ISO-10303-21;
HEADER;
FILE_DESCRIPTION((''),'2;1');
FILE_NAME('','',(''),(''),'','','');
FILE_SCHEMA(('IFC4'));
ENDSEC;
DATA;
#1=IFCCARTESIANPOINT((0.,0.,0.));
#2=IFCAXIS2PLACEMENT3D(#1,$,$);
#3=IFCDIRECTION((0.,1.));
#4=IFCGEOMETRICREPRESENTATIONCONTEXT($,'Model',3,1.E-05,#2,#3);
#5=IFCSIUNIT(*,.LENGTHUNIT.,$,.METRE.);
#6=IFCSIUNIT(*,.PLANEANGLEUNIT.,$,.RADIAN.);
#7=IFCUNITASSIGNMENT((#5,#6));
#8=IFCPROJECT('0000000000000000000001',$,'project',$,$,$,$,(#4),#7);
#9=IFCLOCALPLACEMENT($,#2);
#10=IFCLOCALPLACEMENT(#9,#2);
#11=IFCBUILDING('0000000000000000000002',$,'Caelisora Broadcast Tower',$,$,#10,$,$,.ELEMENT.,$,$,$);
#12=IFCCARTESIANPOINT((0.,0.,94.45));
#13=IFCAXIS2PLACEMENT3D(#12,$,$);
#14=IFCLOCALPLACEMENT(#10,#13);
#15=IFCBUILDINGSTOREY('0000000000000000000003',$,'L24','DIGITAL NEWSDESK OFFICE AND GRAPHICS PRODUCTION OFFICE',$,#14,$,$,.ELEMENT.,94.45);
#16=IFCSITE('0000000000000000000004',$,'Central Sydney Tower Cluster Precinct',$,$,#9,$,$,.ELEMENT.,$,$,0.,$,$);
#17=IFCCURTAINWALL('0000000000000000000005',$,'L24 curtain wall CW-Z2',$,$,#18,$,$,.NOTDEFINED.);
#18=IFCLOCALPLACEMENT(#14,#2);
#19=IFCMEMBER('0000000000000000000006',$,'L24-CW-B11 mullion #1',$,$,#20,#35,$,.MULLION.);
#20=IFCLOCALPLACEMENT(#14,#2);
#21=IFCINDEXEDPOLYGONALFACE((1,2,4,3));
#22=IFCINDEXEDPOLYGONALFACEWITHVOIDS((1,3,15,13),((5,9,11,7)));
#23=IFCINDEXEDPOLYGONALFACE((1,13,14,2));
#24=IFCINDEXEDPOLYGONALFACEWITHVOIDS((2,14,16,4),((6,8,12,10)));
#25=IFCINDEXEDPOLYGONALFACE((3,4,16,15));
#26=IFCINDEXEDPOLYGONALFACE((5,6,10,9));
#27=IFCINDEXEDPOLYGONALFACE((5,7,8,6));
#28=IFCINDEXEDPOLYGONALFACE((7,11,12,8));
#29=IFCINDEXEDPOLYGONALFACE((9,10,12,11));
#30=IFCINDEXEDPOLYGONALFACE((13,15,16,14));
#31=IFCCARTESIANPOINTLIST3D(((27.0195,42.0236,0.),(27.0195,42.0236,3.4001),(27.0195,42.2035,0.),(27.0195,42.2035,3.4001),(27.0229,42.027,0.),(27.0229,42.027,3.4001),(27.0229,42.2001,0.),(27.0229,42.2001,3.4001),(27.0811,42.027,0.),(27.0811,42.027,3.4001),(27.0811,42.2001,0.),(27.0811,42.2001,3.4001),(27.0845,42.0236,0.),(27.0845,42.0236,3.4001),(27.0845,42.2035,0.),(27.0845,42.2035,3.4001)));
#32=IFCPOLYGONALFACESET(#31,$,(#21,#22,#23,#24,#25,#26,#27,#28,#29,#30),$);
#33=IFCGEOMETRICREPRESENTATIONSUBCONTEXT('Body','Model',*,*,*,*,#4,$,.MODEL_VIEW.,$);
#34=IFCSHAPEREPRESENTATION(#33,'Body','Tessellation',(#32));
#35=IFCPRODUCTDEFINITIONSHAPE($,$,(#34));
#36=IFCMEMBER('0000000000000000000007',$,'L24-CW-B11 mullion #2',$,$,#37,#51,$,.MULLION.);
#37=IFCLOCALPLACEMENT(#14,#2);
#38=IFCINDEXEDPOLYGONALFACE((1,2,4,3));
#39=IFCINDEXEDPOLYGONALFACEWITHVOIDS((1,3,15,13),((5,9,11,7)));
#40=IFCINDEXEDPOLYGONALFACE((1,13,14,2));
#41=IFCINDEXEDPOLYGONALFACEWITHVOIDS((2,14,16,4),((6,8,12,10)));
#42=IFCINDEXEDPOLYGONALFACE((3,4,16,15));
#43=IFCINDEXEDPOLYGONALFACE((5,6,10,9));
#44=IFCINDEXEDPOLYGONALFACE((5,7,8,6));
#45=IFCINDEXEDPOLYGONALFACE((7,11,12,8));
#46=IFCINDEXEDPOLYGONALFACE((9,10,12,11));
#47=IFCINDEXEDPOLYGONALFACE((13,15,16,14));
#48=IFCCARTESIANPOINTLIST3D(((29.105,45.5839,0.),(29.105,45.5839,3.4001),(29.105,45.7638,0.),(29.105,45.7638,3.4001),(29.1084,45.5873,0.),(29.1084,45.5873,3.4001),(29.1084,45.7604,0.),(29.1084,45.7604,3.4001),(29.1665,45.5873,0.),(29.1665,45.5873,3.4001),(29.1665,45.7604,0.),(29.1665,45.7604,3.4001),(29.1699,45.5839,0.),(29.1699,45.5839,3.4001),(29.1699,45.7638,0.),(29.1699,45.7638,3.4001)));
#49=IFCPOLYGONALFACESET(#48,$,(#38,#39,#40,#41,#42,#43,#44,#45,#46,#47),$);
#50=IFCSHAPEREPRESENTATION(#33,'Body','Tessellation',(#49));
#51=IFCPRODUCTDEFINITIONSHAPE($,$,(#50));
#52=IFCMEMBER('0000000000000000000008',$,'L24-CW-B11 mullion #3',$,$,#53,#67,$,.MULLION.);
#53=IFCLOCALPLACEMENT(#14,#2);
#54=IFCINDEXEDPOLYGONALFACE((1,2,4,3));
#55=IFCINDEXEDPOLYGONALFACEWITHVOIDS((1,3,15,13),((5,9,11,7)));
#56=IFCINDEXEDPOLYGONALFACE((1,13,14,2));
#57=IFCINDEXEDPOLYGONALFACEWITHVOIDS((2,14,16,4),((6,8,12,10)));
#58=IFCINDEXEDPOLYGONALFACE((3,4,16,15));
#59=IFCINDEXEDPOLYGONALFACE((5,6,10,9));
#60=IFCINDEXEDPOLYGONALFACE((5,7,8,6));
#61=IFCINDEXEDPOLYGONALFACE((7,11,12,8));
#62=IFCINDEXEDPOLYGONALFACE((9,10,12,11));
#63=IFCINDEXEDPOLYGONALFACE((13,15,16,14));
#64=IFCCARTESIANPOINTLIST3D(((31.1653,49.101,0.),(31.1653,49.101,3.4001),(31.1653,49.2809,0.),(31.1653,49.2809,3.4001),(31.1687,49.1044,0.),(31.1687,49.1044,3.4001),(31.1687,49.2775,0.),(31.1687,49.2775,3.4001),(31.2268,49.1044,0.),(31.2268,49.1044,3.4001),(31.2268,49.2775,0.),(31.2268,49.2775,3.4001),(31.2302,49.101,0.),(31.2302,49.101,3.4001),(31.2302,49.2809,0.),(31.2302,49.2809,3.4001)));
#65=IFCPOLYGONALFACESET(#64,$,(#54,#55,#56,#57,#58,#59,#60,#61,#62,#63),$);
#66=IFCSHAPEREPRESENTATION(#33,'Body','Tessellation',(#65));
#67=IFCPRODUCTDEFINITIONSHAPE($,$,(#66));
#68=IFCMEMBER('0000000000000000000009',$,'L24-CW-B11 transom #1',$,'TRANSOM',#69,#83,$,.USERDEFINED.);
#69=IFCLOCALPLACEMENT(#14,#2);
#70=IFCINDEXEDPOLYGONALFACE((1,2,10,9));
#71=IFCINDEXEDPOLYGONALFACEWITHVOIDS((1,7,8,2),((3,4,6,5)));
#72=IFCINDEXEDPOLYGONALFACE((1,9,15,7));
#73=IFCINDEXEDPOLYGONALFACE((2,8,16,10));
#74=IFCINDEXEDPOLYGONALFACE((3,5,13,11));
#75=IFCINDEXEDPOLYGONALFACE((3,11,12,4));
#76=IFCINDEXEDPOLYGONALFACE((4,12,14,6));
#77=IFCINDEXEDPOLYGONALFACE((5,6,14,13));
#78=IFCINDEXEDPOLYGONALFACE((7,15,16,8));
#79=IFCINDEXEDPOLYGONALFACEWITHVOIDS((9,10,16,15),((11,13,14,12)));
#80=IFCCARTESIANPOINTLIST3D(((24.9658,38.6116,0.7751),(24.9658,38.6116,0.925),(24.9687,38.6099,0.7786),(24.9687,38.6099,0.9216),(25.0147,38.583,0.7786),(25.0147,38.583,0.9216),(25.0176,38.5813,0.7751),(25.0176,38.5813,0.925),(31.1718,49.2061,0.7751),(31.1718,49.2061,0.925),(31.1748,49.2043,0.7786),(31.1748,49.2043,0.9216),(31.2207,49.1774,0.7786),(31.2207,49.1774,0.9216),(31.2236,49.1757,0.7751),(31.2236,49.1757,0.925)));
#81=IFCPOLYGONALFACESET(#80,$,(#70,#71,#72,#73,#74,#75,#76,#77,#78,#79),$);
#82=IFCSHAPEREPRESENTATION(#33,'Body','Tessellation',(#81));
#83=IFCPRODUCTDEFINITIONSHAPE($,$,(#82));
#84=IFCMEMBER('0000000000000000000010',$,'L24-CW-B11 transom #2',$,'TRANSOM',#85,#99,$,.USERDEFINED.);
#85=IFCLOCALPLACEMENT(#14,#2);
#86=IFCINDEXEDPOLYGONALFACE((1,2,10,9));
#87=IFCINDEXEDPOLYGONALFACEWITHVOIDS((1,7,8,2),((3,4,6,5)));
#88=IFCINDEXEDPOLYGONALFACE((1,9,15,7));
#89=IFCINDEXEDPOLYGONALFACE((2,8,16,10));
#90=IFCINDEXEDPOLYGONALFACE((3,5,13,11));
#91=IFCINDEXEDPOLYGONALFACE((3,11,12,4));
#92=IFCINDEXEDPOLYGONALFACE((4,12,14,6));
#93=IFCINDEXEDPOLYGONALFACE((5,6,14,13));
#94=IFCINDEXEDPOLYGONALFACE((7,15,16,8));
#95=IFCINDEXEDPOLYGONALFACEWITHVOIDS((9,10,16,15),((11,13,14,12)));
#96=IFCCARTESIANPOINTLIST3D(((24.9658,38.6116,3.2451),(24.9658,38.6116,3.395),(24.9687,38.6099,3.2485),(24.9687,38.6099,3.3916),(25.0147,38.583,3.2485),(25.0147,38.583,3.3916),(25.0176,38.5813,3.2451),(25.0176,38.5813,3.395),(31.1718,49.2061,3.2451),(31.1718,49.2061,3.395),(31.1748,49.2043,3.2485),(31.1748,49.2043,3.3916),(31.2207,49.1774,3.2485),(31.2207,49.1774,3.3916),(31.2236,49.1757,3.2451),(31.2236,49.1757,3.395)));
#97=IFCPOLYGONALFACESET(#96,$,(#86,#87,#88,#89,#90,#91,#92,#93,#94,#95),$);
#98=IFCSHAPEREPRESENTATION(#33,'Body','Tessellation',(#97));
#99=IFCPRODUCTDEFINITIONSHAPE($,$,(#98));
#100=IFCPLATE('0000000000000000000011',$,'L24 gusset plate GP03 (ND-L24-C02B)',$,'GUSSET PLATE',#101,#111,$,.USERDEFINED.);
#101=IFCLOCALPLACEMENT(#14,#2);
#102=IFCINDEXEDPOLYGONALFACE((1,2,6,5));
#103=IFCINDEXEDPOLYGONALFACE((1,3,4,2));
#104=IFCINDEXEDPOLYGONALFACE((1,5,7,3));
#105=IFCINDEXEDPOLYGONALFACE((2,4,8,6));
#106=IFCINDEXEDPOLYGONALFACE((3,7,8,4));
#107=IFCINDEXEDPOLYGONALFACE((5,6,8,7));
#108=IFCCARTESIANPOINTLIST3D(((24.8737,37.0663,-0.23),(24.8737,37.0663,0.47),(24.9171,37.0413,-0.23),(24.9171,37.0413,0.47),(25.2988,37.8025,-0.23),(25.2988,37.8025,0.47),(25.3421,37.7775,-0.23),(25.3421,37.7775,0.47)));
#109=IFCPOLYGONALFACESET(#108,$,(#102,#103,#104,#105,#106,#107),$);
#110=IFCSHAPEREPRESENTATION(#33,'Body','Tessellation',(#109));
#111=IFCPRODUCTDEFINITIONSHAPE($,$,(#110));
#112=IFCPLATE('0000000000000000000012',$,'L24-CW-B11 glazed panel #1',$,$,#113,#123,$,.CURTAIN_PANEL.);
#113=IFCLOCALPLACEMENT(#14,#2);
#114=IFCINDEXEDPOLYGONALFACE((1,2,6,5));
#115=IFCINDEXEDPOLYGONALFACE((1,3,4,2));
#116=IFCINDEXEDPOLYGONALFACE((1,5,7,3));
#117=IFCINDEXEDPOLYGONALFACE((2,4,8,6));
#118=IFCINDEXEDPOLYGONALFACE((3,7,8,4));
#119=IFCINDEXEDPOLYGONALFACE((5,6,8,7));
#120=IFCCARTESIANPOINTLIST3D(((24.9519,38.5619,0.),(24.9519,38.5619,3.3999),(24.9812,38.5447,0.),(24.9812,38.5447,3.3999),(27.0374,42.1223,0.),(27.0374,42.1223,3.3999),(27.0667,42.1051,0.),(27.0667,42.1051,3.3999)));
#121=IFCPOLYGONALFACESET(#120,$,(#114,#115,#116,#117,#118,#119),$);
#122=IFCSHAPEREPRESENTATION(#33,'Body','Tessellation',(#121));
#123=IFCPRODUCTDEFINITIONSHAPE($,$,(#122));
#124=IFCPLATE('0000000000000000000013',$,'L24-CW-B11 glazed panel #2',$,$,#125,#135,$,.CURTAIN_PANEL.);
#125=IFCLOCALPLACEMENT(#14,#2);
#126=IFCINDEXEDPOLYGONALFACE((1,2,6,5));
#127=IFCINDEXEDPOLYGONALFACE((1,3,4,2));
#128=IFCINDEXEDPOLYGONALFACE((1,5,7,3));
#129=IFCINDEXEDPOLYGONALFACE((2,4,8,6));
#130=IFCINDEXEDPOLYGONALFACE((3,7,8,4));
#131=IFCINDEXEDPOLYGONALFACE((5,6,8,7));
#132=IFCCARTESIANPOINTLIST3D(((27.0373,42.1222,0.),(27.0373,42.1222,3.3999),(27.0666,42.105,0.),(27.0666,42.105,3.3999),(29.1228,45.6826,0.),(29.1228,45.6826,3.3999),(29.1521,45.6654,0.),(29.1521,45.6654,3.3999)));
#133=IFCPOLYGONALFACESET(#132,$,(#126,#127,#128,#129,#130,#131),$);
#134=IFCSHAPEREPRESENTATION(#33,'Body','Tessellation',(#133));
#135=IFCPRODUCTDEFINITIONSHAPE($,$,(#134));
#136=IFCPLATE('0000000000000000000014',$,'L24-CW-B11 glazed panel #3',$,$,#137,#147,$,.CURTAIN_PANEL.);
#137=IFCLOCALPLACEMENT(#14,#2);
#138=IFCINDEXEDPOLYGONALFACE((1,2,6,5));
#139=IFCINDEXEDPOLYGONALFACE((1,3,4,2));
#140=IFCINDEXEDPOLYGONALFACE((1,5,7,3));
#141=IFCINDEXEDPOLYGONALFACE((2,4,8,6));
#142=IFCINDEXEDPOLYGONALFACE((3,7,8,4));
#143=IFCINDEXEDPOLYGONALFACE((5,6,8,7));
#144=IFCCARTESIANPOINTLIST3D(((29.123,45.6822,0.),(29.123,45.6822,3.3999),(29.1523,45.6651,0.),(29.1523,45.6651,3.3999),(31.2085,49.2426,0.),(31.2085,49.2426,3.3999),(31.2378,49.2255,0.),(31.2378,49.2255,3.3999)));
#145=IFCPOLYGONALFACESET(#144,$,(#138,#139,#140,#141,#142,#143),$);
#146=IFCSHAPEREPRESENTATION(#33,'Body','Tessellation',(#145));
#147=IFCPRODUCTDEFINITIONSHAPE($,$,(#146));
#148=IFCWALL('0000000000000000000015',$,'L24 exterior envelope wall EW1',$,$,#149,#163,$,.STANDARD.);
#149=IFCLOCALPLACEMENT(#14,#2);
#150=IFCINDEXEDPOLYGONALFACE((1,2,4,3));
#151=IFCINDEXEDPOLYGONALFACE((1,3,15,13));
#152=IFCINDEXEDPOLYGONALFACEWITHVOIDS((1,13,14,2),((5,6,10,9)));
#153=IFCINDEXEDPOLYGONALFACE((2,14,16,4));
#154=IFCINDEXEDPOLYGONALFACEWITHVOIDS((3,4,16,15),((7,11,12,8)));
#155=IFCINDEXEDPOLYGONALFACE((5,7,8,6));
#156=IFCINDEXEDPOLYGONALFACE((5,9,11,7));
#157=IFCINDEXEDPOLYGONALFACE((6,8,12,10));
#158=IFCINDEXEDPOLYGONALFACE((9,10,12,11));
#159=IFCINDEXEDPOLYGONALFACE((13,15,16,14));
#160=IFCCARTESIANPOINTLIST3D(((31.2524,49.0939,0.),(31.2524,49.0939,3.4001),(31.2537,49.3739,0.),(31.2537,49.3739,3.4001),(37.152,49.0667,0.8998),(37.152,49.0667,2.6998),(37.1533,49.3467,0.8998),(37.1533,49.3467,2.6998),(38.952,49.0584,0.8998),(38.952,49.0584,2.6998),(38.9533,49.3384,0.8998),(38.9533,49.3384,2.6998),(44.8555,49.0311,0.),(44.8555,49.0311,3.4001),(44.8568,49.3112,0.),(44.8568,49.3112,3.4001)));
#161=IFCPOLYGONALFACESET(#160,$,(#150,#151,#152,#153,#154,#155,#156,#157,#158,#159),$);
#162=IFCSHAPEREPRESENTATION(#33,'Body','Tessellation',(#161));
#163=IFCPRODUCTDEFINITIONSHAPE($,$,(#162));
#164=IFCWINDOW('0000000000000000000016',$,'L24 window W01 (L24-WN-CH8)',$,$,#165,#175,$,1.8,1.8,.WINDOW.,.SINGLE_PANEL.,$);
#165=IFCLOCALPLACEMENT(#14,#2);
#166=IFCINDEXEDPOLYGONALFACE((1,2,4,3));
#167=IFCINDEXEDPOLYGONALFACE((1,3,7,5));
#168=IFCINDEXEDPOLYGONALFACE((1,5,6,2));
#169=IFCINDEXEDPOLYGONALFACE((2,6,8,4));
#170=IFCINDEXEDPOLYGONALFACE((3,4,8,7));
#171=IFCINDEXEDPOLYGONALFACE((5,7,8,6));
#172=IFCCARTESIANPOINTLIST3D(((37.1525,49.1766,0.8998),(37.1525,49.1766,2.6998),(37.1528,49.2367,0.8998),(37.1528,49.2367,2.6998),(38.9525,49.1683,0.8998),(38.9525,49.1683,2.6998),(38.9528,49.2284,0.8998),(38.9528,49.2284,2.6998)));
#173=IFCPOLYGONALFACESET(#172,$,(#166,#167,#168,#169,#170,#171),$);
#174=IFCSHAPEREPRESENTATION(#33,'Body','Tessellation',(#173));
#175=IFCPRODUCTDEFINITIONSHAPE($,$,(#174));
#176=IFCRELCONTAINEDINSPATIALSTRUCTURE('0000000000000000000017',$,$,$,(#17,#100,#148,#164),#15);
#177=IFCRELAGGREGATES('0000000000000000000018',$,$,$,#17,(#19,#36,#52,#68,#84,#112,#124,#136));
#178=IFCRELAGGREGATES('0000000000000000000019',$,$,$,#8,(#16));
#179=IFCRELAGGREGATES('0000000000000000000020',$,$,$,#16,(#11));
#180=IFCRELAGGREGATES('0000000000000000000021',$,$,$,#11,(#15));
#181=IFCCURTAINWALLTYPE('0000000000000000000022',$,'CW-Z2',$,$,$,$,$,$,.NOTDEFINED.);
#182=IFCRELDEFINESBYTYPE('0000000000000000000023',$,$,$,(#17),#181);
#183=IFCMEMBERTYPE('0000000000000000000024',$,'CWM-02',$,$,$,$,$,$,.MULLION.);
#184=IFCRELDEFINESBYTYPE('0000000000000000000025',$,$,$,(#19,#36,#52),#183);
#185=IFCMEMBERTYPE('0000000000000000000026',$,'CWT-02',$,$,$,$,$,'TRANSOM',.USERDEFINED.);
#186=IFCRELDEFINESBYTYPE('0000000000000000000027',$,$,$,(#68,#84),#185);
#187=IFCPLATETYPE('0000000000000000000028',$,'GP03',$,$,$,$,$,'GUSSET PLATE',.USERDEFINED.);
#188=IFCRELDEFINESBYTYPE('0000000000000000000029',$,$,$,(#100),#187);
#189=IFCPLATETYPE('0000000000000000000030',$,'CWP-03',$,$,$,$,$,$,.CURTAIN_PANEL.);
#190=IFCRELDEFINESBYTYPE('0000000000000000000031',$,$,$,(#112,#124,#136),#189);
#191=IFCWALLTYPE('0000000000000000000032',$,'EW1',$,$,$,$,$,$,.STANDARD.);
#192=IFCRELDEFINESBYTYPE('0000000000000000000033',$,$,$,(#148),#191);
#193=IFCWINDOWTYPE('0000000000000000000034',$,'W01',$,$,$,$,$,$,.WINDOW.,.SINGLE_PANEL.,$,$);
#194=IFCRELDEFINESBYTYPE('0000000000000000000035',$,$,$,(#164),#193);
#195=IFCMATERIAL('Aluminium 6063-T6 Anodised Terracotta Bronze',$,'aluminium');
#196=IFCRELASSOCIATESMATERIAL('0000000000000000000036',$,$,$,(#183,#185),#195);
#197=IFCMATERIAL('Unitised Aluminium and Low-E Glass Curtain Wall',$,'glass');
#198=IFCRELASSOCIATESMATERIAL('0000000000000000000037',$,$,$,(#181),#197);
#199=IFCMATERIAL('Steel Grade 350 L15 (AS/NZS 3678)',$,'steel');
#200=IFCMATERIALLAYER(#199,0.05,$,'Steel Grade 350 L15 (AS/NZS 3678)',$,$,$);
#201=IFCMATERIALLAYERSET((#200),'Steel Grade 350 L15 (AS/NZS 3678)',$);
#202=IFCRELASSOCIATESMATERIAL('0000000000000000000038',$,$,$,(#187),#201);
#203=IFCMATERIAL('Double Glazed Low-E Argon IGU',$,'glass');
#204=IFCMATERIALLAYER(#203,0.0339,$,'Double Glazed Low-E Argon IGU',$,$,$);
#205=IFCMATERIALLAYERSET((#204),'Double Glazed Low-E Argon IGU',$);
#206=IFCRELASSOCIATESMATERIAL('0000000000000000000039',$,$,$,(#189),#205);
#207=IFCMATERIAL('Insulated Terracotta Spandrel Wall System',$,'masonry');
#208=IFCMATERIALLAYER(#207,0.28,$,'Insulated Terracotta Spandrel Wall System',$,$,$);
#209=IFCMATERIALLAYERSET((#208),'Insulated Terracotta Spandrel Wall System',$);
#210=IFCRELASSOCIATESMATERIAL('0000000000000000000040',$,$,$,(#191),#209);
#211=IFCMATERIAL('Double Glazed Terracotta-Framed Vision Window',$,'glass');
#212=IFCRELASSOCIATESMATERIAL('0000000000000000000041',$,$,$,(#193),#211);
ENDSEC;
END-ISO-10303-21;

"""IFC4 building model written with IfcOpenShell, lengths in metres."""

from ifc_helpers import new_model, si_unit, direction, frame, frame_2d, origin, origin_2d, place, context, subcontext, project, spatial, rectangle, hollow_rectangle, extrude, source, transform, mapped, material, layer, layer_set, material_profile, profile_set, type_object, type_shapes, element, fill, aggregate, save


model = new_model("IFC4")

# Units and contexts
model_context = context("Model", 3, precision=1e-05, world=origin(), true_north=direction((0.0, 1.0)))
body_context = subcontext(model_context, "Body", "Model", "MODEL_VIEW")
ifc_project = project(units=[si_unit("LENGTHUNIT", "METRE"), si_unit("PLANEANGLEUNIT", "RADIAN")], contexts=[model_context])

# Site, building, storey
site_placement = place(None, origin())
site = spatial("IfcSite", under=ifc_project, at=site_placement, Name="Central Sydney Tower Cluster Precinct", CompositionType="ELEMENT", RefElevation=0.0)
building_placement = place(site_placement, origin())
building = spatial("IfcBuilding", under=site, at=building_placement, Name="Caelisora Broadcast Tower", CompositionType="ELEMENT")
storey_placement = place(building_placement, frame((0.0, 0.0, 94.45)))
storey = spatial("IfcBuildingStorey", under=building, at=storey_placement, Name="L24", Description="DIGITAL NEWSDESK OFFICE AND GRAPHICS PRODUCTION OFFICE", CompositionType="ELEMENT", Elevation=94.45)

# Shared definitions
ifc_material_1 = material(Name="Steel Grade 350 L15 (AS/NZS 3678)", Category="steel")

# Shared definitions
ifc_material_2 = material(Name="Aluminium 6063-T6 Anodised Terracotta Bronze", Category="aluminium")
ifc_material_profile_1 = material_profile(ifc_material_2, hollow_rectangle(XDim=0.0649, YDim=0.1799, WallThickness=0.0034, at=origin_2d()), Name="Aluminium 6063-T6 Anodised Terracotta Bronze")
ifc_profile_set_1 = profile_set([ifc_material_profile_1], Name="Aluminium 6063-T6 Anodised Terracotta Bronze")
member_type_1 = type_object("IfcMemberType", Name="CWM-02", PredefinedType="MULLION", material=ifc_profile_set_1)
shared_shape_1 = source(origin(), body_context, "Body", "SweptSolid", [
    extrude(hollow_rectangle(XDim=0.0649, YDim=0.1799, WallThickness=0.0034, at=origin_2d()), origin(), (0.0, 0.0, 1.0), 3.4001),
])
type_shapes(member_type_1, [shared_shape_1])

# Curtain wall, members
ifc_material_3 = material(Name="Unitised Aluminium and Low-E Glass Curtain Wall", Category="glass")
curtain_wall_type_1 = type_object("IfcCurtainWallType", Name="CW-Z2", PredefinedType="NOTDEFINED", material=ifc_material_3)
curtain_wall_1_placement = place(storey_placement, origin())
curtain_wall_1 = element("IfcCurtainWall", 1, at=curtain_wall_1_placement, inside=storey, type_object=curtain_wall_type_1, Name="L24 curtain wall CW-Z2", PredefinedType="NOTDEFINED")
member_1_placement = place(storey_placement, frame((27.052, 42.1135, 0.0), z_axis=(0.0, 0.0, 1.0), x_axis=(1.0, 0.0, 0.0)))
member_1 = element("IfcMember", 2, at=member_1_placement, type_object=member_type_1, Name="L24-CW-B11 mullion #1", PredefinedType="MULLION", context=body_context, shape_type="MappedRepresentation", body=[
    mapped(shared_shape_1, transform((0.0, 0.0, 0.0), scale=1.0)),
])
member_2_placement = place(storey_placement, frame((29.1375, 45.6738, 0.0), z_axis=(0.0, 0.0, 1.0), x_axis=(1.0, 0.0, 0.0)))
member_2 = element("IfcMember", 3, at=member_2_placement, type_object=member_type_1, Name="L24-CW-B11 mullion #2", PredefinedType="MULLION", context=body_context, shape_type="MappedRepresentation", body=[
    mapped(shared_shape_1, transform((0.0, 0.0, 0.0), scale=1.0)),
])
member_3_placement = place(storey_placement, frame((31.1978, 49.1909, 0.0), z_axis=(0.0, 0.0, 1.0), x_axis=(1.0, 0.0, 0.0)))
member_3 = element("IfcMember", 4, at=member_3_placement, type_object=member_type_1, Name="L24-CW-B11 mullion #3", PredefinedType="MULLION", context=body_context, shape_type="MappedRepresentation", body=[
    mapped(shared_shape_1, transform((0.0, 0.0, 0.0), scale=1.0)),
])
ifc_material_profile_2 = material_profile(ifc_material_2, hollow_rectangle(XDim=0.0601, YDim=0.1499, WallThickness=0.0034, at=origin_2d()), Name="Aluminium 6063-T6 Anodised Terracotta Bronze")
ifc_profile_set_2 = profile_set([ifc_material_profile_2], Name="Aluminium 6063-T6 Anodised Terracotta Bronze")
member_type_2 = type_object("IfcMemberType", Name="CWT-02", ElementType="TRANSOM", PredefinedType="USERDEFINED", material=ifc_profile_set_2)
shared_shape_2 = source(origin(), body_context, "Body", "SweptSolid", [
    extrude(hollow_rectangle(XDim=0.0601, YDim=0.1499, WallThickness=0.0034, at=origin_2d()), origin(), (0.0, 0.0, 1.0), 12.2783),
])
type_shapes(member_type_2, [shared_shape_2])
member_4_placement = place(storey_placement, frame((24.9917, 38.5964, 0.8501), z_axis=(0.505446, 0.862858, 0.0), x_axis=(-0.862858, 0.505446, 0.0)))
member_4 = element("IfcMember", 5, at=member_4_placement, type_object=member_type_2, Name="L24-CW-B11 transom #1", ObjectType="TRANSOM", PredefinedType="USERDEFINED", context=body_context, shape_type="MappedRepresentation", body=[
    mapped(shared_shape_2, transform((0.0, 0.0, 0.0), scale=1.0)),
])
member_5_placement = place(storey_placement, frame((24.9917, 38.5964, 3.3201), z_axis=(0.505446, 0.862858, 0.0), x_axis=(-0.862858, 0.505446, 0.0)))
member_5 = element("IfcMember", 6, at=member_5_placement, type_object=member_type_2, Name="L24-CW-B11 transom #2", ObjectType="TRANSOM", PredefinedType="USERDEFINED", context=body_context, shape_type="MappedRepresentation", body=[
    mapped(shared_shape_2, transform((0.0, 0.0, 0.0), scale=1.0)),
])

# Plates
ifc_layer_1 = layer(ifc_material_1, 0.05, Name="Steel Grade 350 L15 (AS/NZS 3678)")
ifc_layer_set_1 = layer_set([ifc_layer_1], Name="Steel Grade 350 L15 (AS/NZS 3678)")
plate_type_1 = type_object("IfcPlateType", Name="GP03", ElementType="GUSSET PLATE", PredefinedType="USERDEFINED", material=ifc_layer_set_1)
shared_shape_3 = source(origin(), body_context, "Body", "SweptSolid", [
    extrude(rectangle(XDim=0.8501, YDim=0.05, at=origin_2d()), origin(), (0.0, 0.0, 1.0), 0.7),
])
type_shapes(plate_type_1, [shared_shape_3])
plate_1_placement = place(storey_placement, frame((25.1079, 37.4219, -0.23), z_axis=(0.0, 0.0, 1.0), x_axis=(-0.5, -0.866025, 0.0)))
element("IfcPlate", 7, at=plate_1_placement, inside=storey, type_object=plate_type_1, Name="L24 gusset plate GP03 (ND-L24-C02B)", ObjectType="GUSSET PLATE", PredefinedType="USERDEFINED", context=body_context, shape_type="MappedRepresentation", body=[
    mapped(shared_shape_3, transform((0.0, 0.0, 0.0), scale=1.0)),
])
ifc_material_4 = material(Name="Double Glazed Low-E Argon IGU", Category="glass")
ifc_layer_2 = layer(ifc_material_4, 0.0339, Name="Double Glazed Low-E Argon IGU")
ifc_layer_set_2 = layer_set([ifc_layer_2], Name="Double Glazed Low-E Argon IGU")
plate_type_2 = type_object("IfcPlateType", Name="CWP-03", PredefinedType="CURTAIN_PANEL", material=ifc_layer_set_2)
shared_shape_4 = source(origin(), body_context, "Body", "SweptSolid", [
    extrude(rectangle(XDim=4.1262, YDim=0.0339, at=origin_2d()), origin(), (0.0, 0.0, 1.0), 3.3999),
])
type_shapes(plate_type_2, [shared_shape_4])
plate_2_placement = place(storey_placement, frame((26.0093, 40.3335, 0.0), z_axis=(0.0, 0.0, 1.0), x_axis=(0.505431, 0.862867, 0.0)))
plate_2 = element("IfcPlate", 8, at=plate_2_placement, type_object=plate_type_2, Name="L24-CW-B11 glazed panel #1", PredefinedType="CURTAIN_PANEL", context=body_context, shape_type="MappedRepresentation", body=[
    mapped(shared_shape_4, transform((0.0, 0.0, 0.0), scale=1.0)),
])
plate_3_placement = place(storey_placement, frame((28.0947, 43.8938, 0.0), z_axis=(0.0, 0.0, 1.0), x_axis=(0.505431, 0.862867, 0.0)))
plate_3 = element("IfcPlate", 9, at=plate_3_placement, type_object=plate_type_2, Name="L24-CW-B11 glazed panel #2", PredefinedType="CURTAIN_PANEL", context=body_context, shape_type="MappedRepresentation", body=[
    mapped(shared_shape_4, transform((0.0, 0.0, 0.0), scale=1.0)),
])
plate_4_placement = place(storey_placement, frame((30.1804, 47.4539, 0.0), z_axis=(0.0, 0.0, 1.0), x_axis=(0.505431, 0.862867, 0.0)))
plate_4 = element("IfcPlate", 10, at=plate_4_placement, type_object=plate_type_2, Name="L24-CW-B11 glazed panel #3", PredefinedType="CURTAIN_PANEL", context=body_context, shape_type="MappedRepresentation", body=[
    mapped(shared_shape_4, transform((0.0, 0.0, 0.0), scale=1.0)),
])
aggregate(curtain_wall_1, [member_1, member_2, member_3, member_4, member_5, plate_2, plate_3, plate_4])

# Wall, opening, window
ifc_material_5 = material(Name="Insulated Terracotta Spandrel Wall System", Category="masonry")
ifc_layer_3 = layer(ifc_material_5, 0.28, Name="Insulated Terracotta Spandrel Wall System")
ifc_layer_set_3 = layer_set([ifc_layer_3], Name="Insulated Terracotta Spandrel Wall System")
wall_type = type_object("IfcWallType", Name="EW1", PredefinedType="STANDARD", material=ifc_layer_set_3)
wall_placement = place(storey_placement, frame((31.2529, 49.2339, 0.0), z_axis=(0.0, 0.0, 1.0), x_axis=(0.999989, -0.004612, 0.0)))
wall = element("IfcWall", 11, at=wall_placement, inside=storey, type_object=wall_type, Name="L24 exterior envelope wall EW1", PredefinedType="STANDARD", context=body_context, shape_type="SweptSolid", body=[
    extrude(rectangle(XDim=13.6033, YDim=0.28, at=frame_2d((6.8018, 0.0))), origin(), (0.0, 0.0, 1.0), 3.4001),
])
opening_placement = place(wall_placement, frame((5.8999, 0.0, 0.8999)))
opening = element("IfcOpeningElement", 12, at=opening_placement, cuts=wall, PredefinedType="OPENING", context=body_context, shape_type="SweptSolid", body=[
    extrude(rectangle(XDim=1.8, YDim=1.8, at=frame_2d((0.8999, 0.8999))), frame((0.0, 0.1521, 0.0), z_axis=(0.0, -1.0, 0.0), x_axis=(1.0, 0.0, 0.0)), (0.0, 0.0, 1.0), 0.304),
])
ifc_material_6 = material(Name="Double Glazed Terracotta-Framed Vision Window", Category="glass")
window_type = type_object("IfcWindowType", Name="W01", PartitioningType="SINGLE_PANEL", PredefinedType="WINDOW", material=ifc_material_6)
window_placement = place(opening_placement, origin())
window = element("IfcWindow", 13, at=window_placement, inside=storey, type_object=window_type, Name="L24 window W01 (L24-WN-CH8)", OverallHeight=1.8, OverallWidth=1.8, PartitioningType="SINGLE_PANEL", PredefinedType="WINDOW", context=body_context, shape_type="SweptSolid", body=[
    extrude(rectangle(XDim=1.8, YDim=1.8, at=frame_2d((0.8999, 0.8999))), frame((0.0, 0.03, 0.0), z_axis=(0.0, -1.0, 0.0), x_axis=(1.0, 0.0, 0.0)), (0.0, 0.0, 1.0), 0.0601),
])
fill(opening, window)

save(model, "model.ifc")
